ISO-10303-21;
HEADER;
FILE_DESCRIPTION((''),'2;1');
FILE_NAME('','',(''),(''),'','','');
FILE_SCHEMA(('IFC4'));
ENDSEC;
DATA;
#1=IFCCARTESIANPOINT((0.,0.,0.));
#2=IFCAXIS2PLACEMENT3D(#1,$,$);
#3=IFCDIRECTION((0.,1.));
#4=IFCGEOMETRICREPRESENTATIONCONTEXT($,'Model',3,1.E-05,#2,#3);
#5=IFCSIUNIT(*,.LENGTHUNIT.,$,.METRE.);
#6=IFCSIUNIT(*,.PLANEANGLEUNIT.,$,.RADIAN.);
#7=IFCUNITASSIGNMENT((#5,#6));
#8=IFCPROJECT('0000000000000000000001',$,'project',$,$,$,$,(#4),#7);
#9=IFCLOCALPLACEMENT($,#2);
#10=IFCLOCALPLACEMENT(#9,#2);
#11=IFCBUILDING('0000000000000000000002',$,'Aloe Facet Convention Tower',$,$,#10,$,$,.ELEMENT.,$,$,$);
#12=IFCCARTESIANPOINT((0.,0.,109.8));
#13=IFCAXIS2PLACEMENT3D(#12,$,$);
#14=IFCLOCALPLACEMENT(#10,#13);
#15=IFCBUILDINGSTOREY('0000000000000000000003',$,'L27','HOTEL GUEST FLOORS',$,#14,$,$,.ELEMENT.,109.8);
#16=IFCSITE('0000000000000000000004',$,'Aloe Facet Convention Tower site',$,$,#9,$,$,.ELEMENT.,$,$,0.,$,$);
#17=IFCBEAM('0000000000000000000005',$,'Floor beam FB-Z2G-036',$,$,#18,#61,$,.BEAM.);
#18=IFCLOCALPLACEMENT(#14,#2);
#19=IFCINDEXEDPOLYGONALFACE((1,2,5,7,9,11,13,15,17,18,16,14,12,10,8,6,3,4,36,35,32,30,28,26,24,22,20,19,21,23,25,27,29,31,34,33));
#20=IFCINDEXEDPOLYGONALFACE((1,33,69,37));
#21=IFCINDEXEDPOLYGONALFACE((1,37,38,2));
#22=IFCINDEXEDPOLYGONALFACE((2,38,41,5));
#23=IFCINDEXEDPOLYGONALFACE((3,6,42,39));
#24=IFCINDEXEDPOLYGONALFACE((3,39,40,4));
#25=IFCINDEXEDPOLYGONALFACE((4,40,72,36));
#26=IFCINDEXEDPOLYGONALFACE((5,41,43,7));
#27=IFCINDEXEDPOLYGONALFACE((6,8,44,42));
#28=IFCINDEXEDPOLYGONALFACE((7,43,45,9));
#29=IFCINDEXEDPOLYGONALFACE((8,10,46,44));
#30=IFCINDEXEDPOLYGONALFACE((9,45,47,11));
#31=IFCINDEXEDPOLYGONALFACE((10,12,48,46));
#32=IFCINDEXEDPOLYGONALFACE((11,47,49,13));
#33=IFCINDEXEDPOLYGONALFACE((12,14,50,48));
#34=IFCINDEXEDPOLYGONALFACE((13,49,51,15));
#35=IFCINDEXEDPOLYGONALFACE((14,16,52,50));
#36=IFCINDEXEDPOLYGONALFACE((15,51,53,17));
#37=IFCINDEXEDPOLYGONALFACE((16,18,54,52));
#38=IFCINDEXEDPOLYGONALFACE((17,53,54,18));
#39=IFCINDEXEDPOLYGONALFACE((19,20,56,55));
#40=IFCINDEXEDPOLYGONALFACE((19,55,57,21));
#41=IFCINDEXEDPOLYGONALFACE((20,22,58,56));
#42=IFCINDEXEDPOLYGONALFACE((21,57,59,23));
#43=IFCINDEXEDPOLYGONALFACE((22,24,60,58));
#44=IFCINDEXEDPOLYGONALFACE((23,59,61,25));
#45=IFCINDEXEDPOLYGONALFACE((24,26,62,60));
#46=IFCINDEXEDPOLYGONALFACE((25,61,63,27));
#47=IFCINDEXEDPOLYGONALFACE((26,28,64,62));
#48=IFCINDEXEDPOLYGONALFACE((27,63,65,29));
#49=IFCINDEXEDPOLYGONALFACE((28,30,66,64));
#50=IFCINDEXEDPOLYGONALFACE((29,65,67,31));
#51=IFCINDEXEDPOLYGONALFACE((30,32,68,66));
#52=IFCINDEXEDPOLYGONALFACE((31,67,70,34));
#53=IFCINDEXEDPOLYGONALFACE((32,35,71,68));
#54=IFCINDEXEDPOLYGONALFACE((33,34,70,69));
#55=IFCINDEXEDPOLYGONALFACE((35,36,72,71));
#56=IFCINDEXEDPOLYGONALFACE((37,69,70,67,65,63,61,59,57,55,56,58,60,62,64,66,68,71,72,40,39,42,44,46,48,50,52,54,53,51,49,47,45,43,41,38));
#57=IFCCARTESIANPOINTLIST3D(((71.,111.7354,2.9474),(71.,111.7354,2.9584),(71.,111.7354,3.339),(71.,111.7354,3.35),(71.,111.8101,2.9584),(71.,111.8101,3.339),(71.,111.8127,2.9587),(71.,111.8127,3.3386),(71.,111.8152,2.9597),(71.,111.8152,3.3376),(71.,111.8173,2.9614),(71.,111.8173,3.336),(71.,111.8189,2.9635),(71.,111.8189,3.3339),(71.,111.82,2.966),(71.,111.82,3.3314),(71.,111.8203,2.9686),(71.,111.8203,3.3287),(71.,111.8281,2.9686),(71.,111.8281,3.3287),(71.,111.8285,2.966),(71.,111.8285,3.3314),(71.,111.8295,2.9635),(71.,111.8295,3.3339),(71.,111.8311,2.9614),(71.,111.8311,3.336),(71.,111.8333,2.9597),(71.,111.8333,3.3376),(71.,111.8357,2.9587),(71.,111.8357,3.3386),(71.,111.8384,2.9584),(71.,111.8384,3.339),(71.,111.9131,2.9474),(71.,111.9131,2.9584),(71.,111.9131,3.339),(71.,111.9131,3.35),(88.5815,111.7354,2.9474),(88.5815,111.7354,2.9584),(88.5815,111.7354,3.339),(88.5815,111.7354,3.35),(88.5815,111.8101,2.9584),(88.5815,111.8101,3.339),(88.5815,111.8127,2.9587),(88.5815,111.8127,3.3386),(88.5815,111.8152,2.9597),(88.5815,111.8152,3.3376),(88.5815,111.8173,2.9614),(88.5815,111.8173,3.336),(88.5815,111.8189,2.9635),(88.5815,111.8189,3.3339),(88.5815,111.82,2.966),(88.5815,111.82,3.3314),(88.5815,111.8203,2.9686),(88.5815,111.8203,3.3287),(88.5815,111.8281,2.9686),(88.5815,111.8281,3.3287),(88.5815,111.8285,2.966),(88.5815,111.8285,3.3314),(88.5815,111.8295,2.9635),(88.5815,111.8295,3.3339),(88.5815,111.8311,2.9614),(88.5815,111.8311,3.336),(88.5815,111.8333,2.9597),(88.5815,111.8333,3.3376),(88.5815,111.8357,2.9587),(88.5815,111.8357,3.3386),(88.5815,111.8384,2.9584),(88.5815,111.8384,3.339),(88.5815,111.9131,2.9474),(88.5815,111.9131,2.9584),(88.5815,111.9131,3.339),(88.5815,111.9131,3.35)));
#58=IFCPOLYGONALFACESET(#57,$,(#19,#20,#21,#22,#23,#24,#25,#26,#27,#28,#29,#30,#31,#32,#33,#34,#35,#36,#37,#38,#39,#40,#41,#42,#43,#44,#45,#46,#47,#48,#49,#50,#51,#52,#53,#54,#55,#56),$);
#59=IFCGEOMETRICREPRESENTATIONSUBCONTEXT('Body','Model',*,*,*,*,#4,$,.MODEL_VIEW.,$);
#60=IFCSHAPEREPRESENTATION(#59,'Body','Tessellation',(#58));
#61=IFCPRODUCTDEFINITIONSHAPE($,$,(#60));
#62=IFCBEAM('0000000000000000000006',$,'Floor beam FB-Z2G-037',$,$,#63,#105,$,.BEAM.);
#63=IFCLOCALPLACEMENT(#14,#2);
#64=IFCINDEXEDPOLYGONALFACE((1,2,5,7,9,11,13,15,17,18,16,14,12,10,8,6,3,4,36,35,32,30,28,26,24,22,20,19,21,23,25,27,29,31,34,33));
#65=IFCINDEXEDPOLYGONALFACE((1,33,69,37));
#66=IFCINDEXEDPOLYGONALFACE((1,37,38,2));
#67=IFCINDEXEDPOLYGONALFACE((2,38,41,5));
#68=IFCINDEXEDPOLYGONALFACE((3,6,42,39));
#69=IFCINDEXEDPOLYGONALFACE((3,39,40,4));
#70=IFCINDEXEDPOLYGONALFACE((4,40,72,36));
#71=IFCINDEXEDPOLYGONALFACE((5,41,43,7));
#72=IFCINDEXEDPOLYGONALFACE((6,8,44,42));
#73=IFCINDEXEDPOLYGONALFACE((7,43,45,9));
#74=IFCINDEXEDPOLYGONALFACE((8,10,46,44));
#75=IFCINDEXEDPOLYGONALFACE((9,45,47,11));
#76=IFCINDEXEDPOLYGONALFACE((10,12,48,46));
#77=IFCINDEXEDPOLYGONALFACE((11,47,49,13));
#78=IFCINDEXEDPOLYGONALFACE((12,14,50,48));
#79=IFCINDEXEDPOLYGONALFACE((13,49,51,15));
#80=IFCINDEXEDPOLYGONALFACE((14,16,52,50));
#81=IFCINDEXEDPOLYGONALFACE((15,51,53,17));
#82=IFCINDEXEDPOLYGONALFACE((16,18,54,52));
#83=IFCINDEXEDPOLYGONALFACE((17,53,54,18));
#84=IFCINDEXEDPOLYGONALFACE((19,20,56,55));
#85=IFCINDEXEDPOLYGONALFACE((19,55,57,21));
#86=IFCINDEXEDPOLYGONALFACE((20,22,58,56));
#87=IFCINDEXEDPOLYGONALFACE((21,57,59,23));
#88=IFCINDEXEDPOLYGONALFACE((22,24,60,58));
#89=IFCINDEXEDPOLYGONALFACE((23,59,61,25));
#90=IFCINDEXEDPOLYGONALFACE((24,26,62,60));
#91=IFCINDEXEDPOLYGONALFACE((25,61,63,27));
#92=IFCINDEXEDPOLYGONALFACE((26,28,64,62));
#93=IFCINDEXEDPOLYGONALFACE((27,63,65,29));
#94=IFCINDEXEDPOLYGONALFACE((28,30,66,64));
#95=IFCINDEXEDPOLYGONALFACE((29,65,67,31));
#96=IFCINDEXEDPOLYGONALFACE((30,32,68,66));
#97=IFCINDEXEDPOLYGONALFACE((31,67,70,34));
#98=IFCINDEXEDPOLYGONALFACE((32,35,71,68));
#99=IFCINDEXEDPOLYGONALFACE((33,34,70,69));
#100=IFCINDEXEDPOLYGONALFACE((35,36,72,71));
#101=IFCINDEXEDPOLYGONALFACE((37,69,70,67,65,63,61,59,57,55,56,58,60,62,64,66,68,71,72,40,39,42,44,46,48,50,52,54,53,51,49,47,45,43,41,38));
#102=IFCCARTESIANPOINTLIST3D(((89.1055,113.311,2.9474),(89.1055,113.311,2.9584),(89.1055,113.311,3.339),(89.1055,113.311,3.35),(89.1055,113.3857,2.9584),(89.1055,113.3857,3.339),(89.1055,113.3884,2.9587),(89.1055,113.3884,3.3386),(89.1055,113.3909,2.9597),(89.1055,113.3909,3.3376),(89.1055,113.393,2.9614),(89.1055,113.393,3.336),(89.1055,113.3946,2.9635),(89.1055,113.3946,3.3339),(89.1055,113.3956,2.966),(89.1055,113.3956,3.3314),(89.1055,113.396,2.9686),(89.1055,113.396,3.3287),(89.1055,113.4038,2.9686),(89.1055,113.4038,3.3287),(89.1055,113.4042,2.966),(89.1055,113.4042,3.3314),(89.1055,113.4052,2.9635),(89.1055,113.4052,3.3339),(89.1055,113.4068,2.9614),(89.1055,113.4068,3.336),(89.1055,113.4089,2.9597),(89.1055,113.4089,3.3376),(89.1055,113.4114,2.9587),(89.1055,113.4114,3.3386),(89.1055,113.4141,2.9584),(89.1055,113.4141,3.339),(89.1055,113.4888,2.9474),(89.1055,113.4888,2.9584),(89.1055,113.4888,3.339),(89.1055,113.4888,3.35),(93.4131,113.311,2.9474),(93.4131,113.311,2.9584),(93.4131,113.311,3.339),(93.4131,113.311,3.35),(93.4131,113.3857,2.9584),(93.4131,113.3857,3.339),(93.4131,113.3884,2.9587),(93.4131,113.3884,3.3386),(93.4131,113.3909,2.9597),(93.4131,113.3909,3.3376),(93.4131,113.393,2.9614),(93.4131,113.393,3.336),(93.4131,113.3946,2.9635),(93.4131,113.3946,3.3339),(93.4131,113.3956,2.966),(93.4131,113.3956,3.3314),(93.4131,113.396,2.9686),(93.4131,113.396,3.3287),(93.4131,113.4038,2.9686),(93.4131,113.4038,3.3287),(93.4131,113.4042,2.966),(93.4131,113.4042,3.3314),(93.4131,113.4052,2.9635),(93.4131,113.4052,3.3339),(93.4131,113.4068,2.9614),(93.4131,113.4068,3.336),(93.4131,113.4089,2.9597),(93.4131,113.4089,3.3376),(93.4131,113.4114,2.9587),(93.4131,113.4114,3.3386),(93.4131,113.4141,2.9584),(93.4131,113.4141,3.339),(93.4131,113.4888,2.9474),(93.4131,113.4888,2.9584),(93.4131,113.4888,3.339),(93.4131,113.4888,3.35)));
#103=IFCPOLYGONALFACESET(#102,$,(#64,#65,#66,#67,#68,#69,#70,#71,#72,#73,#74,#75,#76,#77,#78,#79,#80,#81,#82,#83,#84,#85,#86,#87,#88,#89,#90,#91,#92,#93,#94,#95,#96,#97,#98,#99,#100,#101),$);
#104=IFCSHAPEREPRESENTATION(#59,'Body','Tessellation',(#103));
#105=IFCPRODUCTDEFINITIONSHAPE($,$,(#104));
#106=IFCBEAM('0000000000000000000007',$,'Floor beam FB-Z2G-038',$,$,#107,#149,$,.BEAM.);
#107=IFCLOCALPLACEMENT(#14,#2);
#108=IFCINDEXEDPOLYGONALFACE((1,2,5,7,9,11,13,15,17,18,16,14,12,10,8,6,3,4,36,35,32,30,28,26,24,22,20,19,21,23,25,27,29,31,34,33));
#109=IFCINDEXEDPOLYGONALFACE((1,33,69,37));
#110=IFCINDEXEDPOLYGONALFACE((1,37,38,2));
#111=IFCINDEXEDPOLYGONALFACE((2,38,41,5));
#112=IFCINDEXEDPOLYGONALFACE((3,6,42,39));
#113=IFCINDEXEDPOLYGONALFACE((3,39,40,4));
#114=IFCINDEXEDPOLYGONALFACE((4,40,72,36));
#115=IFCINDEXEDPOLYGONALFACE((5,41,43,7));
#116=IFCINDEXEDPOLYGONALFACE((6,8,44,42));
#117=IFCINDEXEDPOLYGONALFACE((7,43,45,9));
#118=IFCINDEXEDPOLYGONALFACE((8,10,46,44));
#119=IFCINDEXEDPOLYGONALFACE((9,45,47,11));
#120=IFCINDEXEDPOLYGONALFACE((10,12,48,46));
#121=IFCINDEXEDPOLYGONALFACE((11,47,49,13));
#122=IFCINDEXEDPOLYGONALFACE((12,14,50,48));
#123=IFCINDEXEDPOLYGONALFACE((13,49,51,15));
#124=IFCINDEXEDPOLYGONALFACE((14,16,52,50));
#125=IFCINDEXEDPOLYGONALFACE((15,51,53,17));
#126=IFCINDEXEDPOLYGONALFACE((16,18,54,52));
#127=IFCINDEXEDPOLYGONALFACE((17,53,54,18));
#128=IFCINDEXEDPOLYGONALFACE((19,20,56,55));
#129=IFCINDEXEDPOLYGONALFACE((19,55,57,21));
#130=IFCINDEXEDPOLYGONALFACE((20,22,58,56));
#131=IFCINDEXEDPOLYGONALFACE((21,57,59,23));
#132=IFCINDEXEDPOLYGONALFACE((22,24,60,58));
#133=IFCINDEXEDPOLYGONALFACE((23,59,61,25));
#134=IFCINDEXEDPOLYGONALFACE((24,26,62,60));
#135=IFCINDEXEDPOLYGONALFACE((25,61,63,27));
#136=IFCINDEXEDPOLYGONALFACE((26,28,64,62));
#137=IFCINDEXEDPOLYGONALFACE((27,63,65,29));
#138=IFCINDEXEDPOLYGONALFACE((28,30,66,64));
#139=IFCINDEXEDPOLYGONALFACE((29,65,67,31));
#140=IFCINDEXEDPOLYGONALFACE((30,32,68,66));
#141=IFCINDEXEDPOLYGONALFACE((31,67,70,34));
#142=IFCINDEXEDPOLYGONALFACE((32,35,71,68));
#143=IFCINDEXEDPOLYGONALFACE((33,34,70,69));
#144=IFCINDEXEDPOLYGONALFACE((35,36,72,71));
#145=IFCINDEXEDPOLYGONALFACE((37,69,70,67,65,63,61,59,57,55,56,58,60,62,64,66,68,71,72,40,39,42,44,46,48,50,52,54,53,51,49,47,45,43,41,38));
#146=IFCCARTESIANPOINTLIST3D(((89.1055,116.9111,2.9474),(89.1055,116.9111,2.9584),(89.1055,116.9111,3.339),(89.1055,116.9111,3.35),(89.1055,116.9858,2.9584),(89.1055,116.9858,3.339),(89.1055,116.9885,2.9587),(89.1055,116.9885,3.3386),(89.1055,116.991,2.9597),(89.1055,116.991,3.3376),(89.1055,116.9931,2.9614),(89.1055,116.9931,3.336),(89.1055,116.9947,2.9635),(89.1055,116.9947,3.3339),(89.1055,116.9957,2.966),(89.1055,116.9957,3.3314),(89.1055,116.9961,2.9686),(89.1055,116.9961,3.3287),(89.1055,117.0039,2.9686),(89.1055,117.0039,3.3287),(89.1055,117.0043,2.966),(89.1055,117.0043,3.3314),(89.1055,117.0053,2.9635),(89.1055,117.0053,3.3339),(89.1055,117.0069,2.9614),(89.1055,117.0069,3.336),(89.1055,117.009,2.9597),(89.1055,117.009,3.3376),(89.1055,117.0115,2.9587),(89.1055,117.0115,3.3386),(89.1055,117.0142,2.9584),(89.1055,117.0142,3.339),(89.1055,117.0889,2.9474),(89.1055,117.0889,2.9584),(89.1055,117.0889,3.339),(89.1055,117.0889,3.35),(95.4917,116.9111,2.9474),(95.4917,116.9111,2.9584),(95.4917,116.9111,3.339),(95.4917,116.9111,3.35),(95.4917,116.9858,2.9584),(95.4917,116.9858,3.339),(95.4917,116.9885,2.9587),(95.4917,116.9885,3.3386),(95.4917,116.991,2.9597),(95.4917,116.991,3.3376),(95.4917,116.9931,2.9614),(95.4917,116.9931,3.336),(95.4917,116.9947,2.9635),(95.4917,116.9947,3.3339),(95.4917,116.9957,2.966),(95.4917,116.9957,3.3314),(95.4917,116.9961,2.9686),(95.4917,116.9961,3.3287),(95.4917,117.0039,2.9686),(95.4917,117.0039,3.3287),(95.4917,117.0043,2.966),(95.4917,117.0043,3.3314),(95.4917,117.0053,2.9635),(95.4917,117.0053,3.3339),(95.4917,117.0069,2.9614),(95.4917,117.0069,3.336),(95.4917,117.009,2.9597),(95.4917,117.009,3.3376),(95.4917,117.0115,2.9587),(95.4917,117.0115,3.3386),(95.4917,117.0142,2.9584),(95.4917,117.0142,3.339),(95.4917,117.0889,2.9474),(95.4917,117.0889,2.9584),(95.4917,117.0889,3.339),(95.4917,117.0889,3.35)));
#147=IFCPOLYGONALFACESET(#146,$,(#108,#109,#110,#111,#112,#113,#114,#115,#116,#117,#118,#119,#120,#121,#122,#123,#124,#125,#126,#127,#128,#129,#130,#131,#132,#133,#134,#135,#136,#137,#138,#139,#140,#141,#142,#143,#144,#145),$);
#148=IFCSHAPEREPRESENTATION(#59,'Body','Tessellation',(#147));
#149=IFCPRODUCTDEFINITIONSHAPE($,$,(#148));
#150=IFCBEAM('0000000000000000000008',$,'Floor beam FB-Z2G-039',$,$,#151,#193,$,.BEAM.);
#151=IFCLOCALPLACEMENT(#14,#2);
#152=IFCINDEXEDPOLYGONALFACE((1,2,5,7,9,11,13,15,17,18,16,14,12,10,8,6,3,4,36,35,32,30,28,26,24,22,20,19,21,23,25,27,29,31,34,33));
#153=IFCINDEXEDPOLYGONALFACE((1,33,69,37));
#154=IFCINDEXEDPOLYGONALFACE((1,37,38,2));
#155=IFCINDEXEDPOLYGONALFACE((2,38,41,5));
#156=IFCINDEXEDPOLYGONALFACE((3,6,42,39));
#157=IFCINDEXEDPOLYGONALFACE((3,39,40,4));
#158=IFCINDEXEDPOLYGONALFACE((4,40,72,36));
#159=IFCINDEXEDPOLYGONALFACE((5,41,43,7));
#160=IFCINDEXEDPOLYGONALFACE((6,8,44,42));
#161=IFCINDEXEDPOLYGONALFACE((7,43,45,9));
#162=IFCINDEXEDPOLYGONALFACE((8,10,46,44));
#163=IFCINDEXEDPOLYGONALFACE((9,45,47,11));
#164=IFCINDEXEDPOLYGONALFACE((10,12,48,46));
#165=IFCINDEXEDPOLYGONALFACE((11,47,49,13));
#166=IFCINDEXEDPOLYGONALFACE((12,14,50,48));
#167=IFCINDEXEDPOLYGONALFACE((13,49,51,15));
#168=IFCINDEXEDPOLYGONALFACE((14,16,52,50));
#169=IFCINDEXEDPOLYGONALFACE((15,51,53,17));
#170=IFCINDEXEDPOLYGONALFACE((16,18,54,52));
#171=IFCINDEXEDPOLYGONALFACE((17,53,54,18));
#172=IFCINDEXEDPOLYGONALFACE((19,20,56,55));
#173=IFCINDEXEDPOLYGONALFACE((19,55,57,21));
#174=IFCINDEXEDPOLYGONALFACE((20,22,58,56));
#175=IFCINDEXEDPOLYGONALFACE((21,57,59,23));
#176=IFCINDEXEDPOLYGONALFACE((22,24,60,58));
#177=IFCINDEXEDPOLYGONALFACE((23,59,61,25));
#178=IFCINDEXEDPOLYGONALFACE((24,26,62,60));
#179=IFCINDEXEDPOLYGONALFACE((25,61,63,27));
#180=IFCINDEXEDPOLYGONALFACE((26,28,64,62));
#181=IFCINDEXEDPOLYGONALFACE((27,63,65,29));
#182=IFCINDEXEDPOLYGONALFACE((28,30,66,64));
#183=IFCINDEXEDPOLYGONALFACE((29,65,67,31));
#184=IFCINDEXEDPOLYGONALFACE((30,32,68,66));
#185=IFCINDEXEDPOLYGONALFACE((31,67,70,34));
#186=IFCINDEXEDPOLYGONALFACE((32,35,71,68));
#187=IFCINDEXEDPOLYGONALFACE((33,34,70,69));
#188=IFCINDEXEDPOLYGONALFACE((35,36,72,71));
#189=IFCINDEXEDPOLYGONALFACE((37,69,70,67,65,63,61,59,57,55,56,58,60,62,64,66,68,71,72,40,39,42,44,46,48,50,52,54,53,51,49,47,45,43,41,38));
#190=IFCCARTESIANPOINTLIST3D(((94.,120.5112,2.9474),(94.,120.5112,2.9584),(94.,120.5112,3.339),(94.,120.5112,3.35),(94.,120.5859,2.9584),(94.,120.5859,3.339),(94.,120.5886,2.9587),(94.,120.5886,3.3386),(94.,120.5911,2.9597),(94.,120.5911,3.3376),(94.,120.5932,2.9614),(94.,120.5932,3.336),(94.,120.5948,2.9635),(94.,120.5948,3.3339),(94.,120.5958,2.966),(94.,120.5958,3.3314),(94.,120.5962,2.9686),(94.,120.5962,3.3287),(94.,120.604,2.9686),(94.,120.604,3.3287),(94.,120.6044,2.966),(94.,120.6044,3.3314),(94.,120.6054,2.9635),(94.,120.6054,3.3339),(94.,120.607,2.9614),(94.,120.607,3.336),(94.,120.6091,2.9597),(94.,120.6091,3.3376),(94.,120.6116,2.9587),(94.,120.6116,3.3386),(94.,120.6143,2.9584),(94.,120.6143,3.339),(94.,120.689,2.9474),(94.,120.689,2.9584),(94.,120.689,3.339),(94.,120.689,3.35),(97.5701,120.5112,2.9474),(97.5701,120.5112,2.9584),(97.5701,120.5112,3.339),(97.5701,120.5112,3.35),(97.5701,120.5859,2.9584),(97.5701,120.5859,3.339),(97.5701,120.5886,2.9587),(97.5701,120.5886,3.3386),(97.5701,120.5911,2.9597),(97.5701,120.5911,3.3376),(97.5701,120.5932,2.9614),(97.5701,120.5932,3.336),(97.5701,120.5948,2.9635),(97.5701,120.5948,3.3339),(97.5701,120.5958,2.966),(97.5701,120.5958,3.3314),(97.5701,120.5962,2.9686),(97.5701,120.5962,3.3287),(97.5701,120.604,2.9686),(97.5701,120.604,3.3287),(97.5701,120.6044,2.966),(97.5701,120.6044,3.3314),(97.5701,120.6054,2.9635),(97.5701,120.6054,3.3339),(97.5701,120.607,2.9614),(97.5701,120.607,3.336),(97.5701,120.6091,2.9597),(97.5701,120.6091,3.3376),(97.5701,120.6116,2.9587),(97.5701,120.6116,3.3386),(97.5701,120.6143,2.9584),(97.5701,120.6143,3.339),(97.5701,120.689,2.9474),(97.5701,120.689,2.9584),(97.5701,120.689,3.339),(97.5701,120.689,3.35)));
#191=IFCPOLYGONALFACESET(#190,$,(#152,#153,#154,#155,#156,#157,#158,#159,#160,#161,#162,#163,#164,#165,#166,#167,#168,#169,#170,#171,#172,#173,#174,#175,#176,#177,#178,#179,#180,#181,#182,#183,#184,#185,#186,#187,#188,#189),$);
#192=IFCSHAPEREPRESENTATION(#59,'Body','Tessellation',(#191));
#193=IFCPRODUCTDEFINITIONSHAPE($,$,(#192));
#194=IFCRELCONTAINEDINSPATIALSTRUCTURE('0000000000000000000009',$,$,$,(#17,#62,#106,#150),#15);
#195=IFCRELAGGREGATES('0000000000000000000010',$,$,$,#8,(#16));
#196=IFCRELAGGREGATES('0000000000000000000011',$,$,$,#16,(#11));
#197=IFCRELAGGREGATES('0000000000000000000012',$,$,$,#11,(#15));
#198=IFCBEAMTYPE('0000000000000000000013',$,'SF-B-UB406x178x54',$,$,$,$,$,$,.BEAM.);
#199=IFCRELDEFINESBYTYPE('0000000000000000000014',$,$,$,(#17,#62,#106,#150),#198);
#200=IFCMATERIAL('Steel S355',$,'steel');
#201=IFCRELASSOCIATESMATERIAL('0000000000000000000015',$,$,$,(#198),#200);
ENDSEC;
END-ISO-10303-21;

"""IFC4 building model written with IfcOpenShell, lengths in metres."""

from ifc_helpers import new_model, si_unit, direction, frame, origin, origin_2d, place, context, subcontext, project, spatial, i_section, extrude, material, material_profile, profile_set, type_object, element, save


model = new_model("IFC4")

# Units and contexts
model_context = context("Model", 3, precision=1e-05, world=origin(), true_north=direction((0.0, 1.0)))
body_context = subcontext(model_context, "Body", "Model", "MODEL_VIEW")
ifc_project = project(units=[si_unit("LENGTHUNIT", "METRE"), si_unit("PLANEANGLEUNIT", "RADIAN")], contexts=[model_context])

# Site, building, storey
site_placement = place(None, origin())
site = spatial("IfcSite", under=ifc_project, at=site_placement, Name="Aloe Facet Convention Tower site", CompositionType="ELEMENT", RefElevation=0.0)
building_placement = place(site_placement, origin())
building = spatial("IfcBuilding", under=site, at=building_placement, Name="Aloe Facet Convention Tower", CompositionType="ELEMENT")
storey_placement = place(building_placement, frame((0.0, 0.0, 109.8)))
storey = spatial("IfcBuildingStorey", under=building, at=storey_placement, Name="L27", Description="HOTEL GUEST FLOORS", CompositionType="ELEMENT", Elevation=109.8)

# Beams
ifc_material_1 = material(Name="Steel S355", Category="steel")
ifc_material_profile_1 = material_profile(ifc_material_1, i_section(OverallWidth=0.1777, OverallDepth=0.4026, WebThickness=0.0078, FlangeThickness=0.011, FilletRadius=0.0103, at=origin_2d()), Name="UB 406x178x54")
ifc_profile_set_1 = profile_set([ifc_material_profile_1], Name="Steel S355")
beam_type_1 = type_object("IfcBeamType", Name="SF-B-UB406x178x54", PredefinedType="BEAM", material=ifc_profile_set_1)
beam_1_placement = place(storey_placement, frame((88.5815, 111.8242, 3.1487), z_axis=(-1.0, 0.0, 0.0), x_axis=(0.0, -1.0, 0.0)))
element("IfcBeam", 1, at=beam_1_placement, inside=storey, type_object=beam_type_1, Name="Floor beam FB-Z2G-036", PredefinedType="BEAM", context=body_context, shape_type="SweptSolid", body=[
    extrude(i_section(OverallWidth=0.1777, OverallDepth=0.4026, WebThickness=0.0078, FlangeThickness=0.011, FilletRadius=0.0103, at=origin_2d()), origin(), (0.0, 0.0, 1.0), 17.5815),
])
beam_2_placement = place(storey_placement, frame((89.1055, 113.3999, 3.1487), z_axis=(1.0, 0.0, 0.0), x_axis=(0.0, 1.0, 0.0)))
element("IfcBeam", 2, at=beam_2_placement, inside=storey, type_object=beam_type_1, Name="Floor beam FB-Z2G-037", PredefinedType="BEAM", context=body_context, shape_type="SweptSolid", body=[
    extrude(i_section(OverallWidth=0.1777, OverallDepth=0.4026, WebThickness=0.0078, FlangeThickness=0.011, FilletRadius=0.0103, at=origin_2d()), origin(), (0.0, 0.0, 1.0), 4.3076),
])
beam_3_placement = place(storey_placement, frame((89.1055, 117.0, 3.1487), z_axis=(1.0, 0.0, 0.0), x_axis=(0.0, 1.0, 0.0)))
element("IfcBeam", 3, at=beam_3_placement, inside=storey, type_object=beam_type_1, Name="Floor beam FB-Z2G-038", PredefinedType="BEAM", context=body_context, shape_type="SweptSolid", body=[
    extrude(i_section(OverallWidth=0.1777, OverallDepth=0.4026, WebThickness=0.0078, FlangeThickness=0.011, FilletRadius=0.0103, at=origin_2d()), origin(), (0.0, 0.0, 1.0), 6.3862),
])
beam_4_placement = place(storey_placement, frame((94.0, 120.6001, 3.1487), z_axis=(1.0, 0.0, 0.0), x_axis=(0.0, 1.0, 0.0)))
element("IfcBeam", 4, at=beam_4_placement, inside=storey, type_object=beam_type_1, Name="Floor beam FB-Z2G-039", PredefinedType="BEAM", context=body_context, shape_type="SweptSolid", body=[
    extrude(i_section(OverallWidth=0.1777, OverallDepth=0.4026, WebThickness=0.0078, FlangeThickness=0.011, FilletRadius=0.0103, at=origin_2d()), origin(), (0.0, 0.0, 1.0), 3.5701),
])

save(model, "model.ifc")
